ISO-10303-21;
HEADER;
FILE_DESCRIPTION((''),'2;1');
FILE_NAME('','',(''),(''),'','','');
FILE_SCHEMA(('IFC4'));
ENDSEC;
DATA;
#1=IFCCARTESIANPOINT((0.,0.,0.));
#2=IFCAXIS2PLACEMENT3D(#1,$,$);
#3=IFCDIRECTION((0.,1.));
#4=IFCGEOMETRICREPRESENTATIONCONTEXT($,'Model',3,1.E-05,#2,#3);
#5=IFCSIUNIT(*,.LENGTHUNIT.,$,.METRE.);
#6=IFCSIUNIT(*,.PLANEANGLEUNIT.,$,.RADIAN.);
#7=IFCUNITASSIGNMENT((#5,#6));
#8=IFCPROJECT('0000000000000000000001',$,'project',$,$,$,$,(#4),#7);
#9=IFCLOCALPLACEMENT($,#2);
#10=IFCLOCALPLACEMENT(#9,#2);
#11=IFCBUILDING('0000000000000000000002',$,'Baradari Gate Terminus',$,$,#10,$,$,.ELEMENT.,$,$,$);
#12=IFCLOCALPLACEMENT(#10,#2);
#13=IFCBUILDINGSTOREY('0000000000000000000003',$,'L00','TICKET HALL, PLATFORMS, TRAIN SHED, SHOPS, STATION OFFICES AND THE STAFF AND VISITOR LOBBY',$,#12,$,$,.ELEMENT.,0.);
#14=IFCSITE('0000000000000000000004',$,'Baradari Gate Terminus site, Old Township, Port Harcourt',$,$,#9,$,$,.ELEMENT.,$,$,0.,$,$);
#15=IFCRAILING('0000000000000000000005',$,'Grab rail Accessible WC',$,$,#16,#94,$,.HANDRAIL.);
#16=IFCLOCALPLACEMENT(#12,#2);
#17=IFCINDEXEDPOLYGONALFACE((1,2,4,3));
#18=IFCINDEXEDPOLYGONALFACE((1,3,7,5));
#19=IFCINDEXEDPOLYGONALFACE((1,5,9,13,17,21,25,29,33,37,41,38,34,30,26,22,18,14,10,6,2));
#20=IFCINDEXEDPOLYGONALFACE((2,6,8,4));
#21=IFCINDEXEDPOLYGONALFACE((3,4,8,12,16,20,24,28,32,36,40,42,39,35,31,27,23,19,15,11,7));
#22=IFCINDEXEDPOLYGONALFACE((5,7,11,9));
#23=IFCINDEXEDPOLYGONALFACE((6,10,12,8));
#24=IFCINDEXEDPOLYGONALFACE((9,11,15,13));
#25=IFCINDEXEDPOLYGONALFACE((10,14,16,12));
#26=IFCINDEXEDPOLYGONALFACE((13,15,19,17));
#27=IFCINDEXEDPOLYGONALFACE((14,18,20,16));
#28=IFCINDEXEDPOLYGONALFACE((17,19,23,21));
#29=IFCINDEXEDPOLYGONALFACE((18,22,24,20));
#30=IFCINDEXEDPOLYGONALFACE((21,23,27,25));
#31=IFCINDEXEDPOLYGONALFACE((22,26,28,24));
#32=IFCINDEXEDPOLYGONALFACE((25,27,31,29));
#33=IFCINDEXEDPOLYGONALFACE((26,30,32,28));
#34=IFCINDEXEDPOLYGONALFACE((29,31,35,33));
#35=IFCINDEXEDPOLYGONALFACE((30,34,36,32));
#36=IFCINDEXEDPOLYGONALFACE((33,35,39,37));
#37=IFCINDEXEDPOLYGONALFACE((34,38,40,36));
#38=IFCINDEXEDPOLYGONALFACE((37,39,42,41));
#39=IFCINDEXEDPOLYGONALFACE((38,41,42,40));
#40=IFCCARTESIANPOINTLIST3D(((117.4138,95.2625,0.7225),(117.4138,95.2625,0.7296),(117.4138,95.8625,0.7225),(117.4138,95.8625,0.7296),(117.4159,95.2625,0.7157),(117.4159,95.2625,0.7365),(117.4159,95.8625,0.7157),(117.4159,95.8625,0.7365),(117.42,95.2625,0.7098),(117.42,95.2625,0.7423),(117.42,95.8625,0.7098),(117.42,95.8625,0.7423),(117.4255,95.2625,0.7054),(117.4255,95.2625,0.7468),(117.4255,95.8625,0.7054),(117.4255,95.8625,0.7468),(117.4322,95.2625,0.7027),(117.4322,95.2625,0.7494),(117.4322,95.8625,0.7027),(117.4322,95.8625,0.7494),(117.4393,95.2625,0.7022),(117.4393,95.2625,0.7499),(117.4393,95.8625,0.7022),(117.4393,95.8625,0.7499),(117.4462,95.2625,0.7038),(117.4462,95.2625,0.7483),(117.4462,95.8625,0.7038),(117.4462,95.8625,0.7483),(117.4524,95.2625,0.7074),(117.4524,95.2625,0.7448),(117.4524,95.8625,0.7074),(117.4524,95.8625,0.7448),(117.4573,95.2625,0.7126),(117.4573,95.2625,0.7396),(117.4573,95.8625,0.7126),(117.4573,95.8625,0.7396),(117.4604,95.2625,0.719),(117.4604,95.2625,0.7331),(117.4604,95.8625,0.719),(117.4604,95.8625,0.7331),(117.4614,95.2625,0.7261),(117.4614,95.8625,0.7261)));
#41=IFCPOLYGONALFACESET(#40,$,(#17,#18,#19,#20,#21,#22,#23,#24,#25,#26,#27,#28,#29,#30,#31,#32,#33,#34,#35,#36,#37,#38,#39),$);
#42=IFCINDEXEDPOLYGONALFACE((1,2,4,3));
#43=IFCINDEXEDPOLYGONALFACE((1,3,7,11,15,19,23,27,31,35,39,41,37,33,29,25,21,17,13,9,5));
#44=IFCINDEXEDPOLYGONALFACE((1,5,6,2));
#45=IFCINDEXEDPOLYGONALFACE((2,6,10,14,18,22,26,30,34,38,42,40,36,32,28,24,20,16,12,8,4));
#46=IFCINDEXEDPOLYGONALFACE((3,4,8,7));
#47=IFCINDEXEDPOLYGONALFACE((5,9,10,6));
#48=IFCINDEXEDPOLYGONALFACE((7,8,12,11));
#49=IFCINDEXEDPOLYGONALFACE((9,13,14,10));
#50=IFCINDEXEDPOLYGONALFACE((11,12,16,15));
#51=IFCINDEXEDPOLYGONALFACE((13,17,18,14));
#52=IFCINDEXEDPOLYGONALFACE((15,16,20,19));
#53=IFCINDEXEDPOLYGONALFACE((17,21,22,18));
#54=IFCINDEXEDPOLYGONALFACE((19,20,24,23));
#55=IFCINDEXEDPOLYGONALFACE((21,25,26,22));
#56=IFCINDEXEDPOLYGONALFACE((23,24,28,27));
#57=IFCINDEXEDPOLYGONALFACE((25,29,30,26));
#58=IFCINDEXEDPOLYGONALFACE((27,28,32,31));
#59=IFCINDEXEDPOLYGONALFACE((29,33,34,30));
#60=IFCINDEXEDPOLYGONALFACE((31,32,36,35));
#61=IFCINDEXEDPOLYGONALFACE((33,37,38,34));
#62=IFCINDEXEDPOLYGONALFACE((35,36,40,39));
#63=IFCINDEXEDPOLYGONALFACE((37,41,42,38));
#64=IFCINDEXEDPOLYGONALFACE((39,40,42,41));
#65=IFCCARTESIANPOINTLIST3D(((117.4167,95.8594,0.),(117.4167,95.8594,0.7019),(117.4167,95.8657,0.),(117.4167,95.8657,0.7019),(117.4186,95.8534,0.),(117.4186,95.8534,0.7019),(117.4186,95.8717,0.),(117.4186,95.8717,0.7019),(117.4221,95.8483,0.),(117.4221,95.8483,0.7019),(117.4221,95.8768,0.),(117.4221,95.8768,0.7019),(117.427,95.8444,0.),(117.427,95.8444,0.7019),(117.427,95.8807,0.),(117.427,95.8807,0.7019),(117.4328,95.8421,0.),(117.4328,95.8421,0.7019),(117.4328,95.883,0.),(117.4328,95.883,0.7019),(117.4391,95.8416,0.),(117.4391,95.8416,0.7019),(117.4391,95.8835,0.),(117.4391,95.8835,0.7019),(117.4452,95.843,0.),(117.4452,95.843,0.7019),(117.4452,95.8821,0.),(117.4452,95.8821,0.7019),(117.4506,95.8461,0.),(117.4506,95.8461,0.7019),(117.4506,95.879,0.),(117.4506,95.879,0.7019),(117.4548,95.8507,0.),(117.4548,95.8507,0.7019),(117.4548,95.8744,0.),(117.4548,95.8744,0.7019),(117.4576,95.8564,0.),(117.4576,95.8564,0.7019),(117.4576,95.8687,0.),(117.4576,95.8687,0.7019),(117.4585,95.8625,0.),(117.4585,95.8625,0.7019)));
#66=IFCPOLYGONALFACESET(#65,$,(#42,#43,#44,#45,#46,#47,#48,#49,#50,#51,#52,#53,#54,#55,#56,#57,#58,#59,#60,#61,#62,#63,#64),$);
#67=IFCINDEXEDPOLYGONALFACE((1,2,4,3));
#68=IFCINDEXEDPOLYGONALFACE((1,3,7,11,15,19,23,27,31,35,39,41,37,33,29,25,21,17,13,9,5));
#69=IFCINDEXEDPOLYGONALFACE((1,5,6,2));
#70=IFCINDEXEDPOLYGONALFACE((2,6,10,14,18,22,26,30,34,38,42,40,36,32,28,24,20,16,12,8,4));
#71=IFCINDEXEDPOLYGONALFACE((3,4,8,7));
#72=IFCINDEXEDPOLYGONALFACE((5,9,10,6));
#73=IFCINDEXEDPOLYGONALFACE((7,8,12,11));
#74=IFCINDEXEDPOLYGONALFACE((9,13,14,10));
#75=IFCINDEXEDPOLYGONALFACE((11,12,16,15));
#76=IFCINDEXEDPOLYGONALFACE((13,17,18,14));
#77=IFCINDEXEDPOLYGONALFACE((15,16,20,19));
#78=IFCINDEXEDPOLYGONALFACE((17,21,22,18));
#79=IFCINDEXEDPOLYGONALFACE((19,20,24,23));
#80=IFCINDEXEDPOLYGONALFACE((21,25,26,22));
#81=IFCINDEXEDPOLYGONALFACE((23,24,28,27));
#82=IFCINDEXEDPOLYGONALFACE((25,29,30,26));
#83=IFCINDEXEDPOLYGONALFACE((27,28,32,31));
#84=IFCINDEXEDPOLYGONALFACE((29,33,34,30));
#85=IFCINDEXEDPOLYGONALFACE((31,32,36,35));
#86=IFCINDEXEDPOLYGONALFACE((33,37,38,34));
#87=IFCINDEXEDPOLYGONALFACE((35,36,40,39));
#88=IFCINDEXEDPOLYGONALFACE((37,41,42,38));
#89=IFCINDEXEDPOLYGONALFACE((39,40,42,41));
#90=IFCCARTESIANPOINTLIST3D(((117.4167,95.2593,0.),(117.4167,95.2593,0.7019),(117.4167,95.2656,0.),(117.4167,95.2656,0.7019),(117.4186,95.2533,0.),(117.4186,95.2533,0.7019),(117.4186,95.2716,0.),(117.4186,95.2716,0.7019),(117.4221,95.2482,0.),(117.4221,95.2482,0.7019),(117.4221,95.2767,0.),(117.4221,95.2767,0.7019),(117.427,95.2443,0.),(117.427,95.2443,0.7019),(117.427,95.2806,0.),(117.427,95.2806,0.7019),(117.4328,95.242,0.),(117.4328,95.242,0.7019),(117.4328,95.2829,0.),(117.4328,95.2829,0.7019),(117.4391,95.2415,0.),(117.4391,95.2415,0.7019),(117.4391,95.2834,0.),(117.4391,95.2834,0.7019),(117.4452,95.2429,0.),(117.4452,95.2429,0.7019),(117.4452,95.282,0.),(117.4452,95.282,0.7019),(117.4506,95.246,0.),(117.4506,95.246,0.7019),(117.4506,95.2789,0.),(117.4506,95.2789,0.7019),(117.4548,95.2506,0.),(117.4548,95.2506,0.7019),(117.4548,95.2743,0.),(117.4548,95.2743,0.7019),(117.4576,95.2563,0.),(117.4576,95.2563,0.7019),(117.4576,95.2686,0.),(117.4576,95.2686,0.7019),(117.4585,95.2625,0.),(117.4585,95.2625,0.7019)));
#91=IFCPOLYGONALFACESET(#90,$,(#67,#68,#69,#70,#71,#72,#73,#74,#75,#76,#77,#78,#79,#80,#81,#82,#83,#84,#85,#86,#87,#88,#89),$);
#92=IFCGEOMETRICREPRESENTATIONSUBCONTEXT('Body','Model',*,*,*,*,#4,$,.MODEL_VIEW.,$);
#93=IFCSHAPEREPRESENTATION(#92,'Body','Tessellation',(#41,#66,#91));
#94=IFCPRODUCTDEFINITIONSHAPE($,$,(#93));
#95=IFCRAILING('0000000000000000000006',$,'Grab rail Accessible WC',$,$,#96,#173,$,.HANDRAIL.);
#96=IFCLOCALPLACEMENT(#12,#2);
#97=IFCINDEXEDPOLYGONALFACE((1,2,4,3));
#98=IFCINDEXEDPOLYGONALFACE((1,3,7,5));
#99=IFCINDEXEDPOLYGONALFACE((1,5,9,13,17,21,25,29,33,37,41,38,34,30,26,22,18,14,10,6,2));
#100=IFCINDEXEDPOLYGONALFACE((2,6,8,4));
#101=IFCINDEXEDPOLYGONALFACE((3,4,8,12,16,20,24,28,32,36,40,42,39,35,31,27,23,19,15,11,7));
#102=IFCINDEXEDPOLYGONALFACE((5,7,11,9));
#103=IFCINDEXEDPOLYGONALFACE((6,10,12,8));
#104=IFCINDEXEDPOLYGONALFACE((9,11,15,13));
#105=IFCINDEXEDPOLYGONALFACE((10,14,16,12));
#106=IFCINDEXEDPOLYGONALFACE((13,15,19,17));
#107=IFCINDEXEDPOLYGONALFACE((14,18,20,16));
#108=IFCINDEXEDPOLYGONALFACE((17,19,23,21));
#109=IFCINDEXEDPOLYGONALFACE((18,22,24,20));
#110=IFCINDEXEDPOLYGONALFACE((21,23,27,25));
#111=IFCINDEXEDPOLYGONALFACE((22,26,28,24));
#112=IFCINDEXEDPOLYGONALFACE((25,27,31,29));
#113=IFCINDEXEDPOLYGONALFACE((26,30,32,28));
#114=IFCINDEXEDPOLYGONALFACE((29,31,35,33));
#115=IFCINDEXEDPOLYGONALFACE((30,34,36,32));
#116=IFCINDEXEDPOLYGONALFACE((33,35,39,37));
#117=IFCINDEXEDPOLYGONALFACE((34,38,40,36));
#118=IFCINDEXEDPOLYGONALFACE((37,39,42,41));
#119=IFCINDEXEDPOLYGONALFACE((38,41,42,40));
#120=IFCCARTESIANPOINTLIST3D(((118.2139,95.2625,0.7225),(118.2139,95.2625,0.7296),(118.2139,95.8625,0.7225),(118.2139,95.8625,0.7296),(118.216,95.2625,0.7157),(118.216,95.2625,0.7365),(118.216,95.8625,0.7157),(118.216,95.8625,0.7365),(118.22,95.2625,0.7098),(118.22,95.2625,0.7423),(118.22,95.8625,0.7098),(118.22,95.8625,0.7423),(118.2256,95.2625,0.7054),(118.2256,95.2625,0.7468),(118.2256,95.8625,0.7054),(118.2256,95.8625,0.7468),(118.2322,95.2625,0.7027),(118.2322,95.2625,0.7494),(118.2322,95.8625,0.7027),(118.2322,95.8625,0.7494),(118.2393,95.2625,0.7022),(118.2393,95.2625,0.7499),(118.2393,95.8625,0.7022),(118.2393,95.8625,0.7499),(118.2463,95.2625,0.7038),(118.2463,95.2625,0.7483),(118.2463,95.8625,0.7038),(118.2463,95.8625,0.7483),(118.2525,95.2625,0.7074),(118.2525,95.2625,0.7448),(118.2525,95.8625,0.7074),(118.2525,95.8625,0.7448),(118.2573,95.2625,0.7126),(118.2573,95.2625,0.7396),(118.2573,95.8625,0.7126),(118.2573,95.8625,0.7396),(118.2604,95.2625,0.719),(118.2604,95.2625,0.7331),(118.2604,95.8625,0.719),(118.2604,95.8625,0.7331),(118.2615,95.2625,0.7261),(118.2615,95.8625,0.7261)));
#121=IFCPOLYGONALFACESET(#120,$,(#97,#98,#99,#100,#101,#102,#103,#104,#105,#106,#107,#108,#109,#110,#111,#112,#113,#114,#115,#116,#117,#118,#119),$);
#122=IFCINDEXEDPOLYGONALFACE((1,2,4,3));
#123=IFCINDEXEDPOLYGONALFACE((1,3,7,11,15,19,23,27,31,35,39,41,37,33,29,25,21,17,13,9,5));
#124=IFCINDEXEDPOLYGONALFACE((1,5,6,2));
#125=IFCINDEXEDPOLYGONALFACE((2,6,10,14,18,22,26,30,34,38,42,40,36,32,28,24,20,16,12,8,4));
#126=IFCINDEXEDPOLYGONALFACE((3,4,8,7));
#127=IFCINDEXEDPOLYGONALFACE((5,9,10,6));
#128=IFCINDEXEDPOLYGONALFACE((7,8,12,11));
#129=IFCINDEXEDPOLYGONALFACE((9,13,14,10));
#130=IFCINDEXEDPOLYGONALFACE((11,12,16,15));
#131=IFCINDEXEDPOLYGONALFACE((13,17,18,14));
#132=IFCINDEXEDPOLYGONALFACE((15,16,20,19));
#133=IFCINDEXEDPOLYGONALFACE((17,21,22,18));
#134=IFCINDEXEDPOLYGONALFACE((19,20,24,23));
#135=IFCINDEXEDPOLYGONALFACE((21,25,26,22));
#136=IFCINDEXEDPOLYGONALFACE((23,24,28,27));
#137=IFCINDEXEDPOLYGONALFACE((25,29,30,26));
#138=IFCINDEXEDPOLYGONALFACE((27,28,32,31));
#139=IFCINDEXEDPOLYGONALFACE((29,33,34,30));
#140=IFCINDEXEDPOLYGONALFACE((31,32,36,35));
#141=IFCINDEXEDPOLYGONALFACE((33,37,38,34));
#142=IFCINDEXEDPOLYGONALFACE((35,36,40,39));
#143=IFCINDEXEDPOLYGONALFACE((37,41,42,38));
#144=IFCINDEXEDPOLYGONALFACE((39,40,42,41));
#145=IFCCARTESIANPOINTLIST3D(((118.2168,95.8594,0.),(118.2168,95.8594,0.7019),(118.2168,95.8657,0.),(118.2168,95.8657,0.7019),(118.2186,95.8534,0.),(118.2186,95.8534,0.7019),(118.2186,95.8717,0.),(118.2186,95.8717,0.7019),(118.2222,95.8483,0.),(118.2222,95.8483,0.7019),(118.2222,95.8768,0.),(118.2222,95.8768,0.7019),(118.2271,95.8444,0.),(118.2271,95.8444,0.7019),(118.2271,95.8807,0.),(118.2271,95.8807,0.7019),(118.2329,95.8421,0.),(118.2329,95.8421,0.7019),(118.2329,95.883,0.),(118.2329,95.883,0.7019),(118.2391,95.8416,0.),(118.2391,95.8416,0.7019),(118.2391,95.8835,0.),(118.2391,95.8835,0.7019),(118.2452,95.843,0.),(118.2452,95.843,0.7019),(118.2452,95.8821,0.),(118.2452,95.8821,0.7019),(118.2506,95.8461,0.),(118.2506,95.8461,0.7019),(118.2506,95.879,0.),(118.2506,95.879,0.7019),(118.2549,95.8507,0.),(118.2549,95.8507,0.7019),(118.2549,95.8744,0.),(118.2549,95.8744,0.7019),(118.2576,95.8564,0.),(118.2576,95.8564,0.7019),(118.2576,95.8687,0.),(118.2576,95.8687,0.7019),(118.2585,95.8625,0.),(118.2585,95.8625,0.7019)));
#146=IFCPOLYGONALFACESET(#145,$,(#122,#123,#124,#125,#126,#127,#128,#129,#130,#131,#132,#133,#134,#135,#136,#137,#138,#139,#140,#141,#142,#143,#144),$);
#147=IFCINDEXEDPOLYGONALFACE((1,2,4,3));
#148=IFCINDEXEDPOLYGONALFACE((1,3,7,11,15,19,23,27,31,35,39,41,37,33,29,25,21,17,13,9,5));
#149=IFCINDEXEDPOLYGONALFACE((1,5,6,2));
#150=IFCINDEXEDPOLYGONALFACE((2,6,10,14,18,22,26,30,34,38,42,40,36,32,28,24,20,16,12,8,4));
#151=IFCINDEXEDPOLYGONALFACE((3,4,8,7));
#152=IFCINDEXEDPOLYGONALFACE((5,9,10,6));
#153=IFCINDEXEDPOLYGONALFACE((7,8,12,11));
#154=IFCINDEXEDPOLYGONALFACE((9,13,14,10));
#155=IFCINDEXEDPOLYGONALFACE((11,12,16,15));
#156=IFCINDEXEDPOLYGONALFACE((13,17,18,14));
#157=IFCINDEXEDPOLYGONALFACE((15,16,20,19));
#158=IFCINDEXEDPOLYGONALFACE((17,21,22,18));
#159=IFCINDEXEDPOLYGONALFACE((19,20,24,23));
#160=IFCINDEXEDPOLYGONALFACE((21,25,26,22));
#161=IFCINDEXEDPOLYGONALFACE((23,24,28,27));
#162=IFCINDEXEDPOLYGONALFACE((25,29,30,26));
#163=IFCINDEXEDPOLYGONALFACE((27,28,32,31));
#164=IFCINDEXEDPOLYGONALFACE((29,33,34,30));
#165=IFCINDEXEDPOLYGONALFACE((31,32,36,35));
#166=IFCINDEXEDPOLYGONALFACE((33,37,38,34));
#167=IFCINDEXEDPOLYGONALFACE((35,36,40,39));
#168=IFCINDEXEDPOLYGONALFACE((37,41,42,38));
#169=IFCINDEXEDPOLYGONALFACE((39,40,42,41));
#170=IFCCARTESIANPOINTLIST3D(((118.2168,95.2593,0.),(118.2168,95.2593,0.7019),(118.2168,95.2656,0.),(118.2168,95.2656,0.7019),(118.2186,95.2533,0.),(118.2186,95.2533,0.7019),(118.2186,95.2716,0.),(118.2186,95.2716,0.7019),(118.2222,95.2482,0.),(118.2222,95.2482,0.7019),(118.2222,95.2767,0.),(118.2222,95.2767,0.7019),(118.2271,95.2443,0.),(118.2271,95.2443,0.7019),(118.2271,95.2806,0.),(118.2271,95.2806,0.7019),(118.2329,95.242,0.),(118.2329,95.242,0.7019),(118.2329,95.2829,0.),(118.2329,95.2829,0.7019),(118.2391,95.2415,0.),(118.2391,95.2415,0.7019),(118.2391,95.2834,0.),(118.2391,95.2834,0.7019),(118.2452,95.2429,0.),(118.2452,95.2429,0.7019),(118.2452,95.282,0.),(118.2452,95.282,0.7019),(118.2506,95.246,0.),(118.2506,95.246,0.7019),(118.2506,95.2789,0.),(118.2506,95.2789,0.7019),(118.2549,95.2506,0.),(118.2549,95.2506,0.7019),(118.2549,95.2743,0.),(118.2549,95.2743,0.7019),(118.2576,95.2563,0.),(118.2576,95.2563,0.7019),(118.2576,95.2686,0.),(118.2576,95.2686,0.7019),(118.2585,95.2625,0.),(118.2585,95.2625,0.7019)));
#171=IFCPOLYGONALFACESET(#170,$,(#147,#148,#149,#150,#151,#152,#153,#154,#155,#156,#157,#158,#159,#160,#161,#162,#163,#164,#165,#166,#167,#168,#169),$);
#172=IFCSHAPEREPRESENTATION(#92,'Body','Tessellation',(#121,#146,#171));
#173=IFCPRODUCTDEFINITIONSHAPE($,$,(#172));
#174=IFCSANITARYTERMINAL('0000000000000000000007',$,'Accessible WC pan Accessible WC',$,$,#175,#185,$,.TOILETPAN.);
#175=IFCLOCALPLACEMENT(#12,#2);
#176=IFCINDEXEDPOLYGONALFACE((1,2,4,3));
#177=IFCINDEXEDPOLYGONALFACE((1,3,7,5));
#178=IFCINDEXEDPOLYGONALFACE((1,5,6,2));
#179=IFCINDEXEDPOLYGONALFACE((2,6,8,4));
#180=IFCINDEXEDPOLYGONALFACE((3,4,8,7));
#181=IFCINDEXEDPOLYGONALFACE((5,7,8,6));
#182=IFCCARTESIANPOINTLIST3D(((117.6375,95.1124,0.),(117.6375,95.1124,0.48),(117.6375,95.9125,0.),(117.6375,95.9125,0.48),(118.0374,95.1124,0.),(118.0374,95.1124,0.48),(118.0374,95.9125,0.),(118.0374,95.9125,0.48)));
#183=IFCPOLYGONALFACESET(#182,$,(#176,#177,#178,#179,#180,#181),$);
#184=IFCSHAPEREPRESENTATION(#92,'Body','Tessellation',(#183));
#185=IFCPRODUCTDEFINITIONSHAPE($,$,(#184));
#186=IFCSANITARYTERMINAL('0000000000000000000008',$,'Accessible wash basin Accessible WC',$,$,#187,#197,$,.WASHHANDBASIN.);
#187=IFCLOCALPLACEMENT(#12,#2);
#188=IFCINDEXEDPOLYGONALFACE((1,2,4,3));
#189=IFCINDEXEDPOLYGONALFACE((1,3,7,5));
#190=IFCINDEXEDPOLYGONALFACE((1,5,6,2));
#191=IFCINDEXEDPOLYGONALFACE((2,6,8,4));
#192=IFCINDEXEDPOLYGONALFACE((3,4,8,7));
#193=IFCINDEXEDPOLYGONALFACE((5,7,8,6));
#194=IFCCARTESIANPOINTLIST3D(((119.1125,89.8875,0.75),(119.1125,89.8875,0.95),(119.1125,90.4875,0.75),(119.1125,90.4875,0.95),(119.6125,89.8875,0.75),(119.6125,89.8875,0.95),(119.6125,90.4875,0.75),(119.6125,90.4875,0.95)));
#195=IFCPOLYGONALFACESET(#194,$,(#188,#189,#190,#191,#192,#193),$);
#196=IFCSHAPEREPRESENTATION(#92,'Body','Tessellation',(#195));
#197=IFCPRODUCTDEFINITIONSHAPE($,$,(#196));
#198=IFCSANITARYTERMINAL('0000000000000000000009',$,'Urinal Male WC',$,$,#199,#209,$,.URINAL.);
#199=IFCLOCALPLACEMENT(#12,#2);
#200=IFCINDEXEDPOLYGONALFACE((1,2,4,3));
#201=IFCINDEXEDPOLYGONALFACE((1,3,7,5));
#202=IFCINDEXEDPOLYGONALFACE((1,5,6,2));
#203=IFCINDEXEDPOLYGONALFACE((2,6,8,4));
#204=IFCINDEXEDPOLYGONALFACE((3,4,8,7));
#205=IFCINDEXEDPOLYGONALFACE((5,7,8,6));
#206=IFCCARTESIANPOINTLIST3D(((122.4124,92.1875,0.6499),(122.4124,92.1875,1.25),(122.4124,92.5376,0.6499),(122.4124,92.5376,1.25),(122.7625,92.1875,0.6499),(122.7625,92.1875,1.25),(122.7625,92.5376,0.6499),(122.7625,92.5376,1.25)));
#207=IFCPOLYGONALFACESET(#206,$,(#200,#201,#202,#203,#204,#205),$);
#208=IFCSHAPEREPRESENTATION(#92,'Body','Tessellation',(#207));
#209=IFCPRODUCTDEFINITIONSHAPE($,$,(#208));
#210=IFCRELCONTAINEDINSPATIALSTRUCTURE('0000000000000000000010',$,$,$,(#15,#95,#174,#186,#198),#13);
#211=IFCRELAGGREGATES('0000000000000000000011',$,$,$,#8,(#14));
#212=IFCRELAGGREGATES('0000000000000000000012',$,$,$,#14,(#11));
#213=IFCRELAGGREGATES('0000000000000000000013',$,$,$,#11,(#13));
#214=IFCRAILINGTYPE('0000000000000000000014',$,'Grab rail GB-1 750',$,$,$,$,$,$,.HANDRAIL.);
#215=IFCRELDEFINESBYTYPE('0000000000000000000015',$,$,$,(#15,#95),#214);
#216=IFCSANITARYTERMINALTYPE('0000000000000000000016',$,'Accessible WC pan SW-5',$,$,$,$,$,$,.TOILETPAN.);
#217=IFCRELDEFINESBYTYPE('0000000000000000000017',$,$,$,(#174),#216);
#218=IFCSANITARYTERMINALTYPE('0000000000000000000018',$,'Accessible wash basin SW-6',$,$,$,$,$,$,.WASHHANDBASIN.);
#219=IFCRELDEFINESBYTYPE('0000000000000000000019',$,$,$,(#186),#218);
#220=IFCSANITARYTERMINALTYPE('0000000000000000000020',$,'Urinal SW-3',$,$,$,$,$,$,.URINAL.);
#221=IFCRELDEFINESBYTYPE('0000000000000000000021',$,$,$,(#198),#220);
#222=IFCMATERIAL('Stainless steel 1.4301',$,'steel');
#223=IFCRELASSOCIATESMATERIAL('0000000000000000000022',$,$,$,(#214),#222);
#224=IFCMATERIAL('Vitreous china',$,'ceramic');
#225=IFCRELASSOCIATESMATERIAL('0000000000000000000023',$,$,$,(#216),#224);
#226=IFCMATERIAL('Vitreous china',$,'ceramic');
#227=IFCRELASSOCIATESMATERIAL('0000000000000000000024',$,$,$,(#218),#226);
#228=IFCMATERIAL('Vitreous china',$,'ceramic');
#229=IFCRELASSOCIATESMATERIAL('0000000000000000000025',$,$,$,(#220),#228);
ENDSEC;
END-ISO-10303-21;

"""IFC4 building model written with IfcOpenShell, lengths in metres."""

from ifc_helpers import new_model, si_unit, direction, frame, origin, origin_2d, place, context, subcontext, project, spatial, rectangle, circle, extrude, material, type_object, element, save


model = new_model("IFC4")

# Units and contexts
model_context = context("Model", 3, precision=1e-05, world=origin(), true_north=direction((0.0, 1.0)))
body_context = subcontext(model_context, "Body", "Model", "MODEL_VIEW")
ifc_project = project(units=[si_unit("LENGTHUNIT", "METRE"), si_unit("PLANEANGLEUNIT", "RADIAN")], contexts=[model_context])

# Site, building, storey
site_placement = place(None, origin())
site = spatial("IfcSite", under=ifc_project, at=site_placement, Name="Baradari Gate Terminus site, Old Township, Port Harcourt", CompositionType="ELEMENT", RefElevation=0.0)
building_placement = place(site_placement, origin())
building = spatial("IfcBuilding", under=site, at=building_placement, Name="Baradari Gate Terminus", CompositionType="ELEMENT")
storey_placement = place(building_placement, origin())
storey = spatial("IfcBuildingStorey", under=building, at=storey_placement, Name="L00", Description="TICKET HALL, PLATFORMS, TRAIN SHED, SHOPS, STATION OFFICES AND THE STAFF AND VISITOR LOBBY", CompositionType="ELEMENT", Elevation=0.0)

# Railings
ifc_material_1 = material(Name="Stainless steel 1.4301", Category="steel")
railing_type = type_object("IfcRailingType", Name="Grab rail GB-1 750", PredefinedType="HANDRAIL", material=ifc_material_1)
for number, where, name in (
    (1, (117.4375, 95.8625, 0.0), "Grab rail Accessible WC"),
    (2, (118.2375, 95.8625, 0.0), "Grab rail Accessible WC"),
):
    element("IfcRailing", number, at=place(storey_placement, frame(where)), inside=storey, type_object=railing_type, Name=name, PredefinedType="HANDRAIL", context=body_context, shape_type="SweptSolid", body=[
        extrude(circle(Radius=0.0239, at=origin_2d()), frame((0.0, 0.0, 0.7261), z_axis=(0.0, -1.0, 0.0), x_axis=(1.0, 0.0, 0.0)), (0.0, 0.0, 1.0), 0.6001),
        extrude(circle(Radius=0.021, at=origin_2d()), origin(), (0.0, 0.0, 1.0), 0.7019),
        extrude(circle(Radius=0.021, at=origin_2d()), frame((0.0, -0.6001, 0.0)), (0.0, 0.0, 1.0), 0.7019),
    ])

# Sanitary terminals
ifc_material_2 = material(Name="Vitreous china", Category="ceramic")
sanitary_terminal_type_1 = type_object("IfcSanitaryTerminalType", Name="Accessible WC pan SW-5", PredefinedType="TOILETPAN", material=ifc_material_2)
sanitary_terminal_1_placement = place(storey_placement, frame((117.8374, 95.5125, 0.0), z_axis=(0.0, 0.0, 1.0), x_axis=(1.0, 0.0, 0.0)))
element("IfcSanitaryTerminal", 3, at=sanitary_terminal_1_placement, inside=storey, type_object=sanitary_terminal_type_1, Name="Accessible WC pan Accessible WC", PredefinedType="TOILETPAN", context=body_context, shape_type="SweptSolid", body=[
    extrude(rectangle(XDim=0.3999, YDim=0.8, at=origin_2d()), origin(), (0.0, 0.0, 1.0), 0.48),
])
ifc_material_3 = material(Name="Vitreous china", Category="ceramic")
sanitary_terminal_type_2 = type_object("IfcSanitaryTerminalType", Name="Accessible wash basin SW-6", PredefinedType="WASHHANDBASIN", material=ifc_material_3)
sanitary_terminal_2_placement = place(storey_placement, frame((119.3625, 90.1875, 0.75), z_axis=(0.0, 0.0, 1.0), x_axis=(1.0, 0.0, 0.0)))
element("IfcSanitaryTerminal", 4, at=sanitary_terminal_2_placement, inside=storey, type_object=sanitary_terminal_type_2, Name="Accessible wash basin Accessible WC", PredefinedType="WASHHANDBASIN", context=body_context, shape_type="SweptSolid", body=[
    extrude(rectangle(XDim=0.5, YDim=0.6001, at=origin_2d()), origin(), (0.0, 0.0, 1.0), 0.2),
])
ifc_material_4 = material(Name="Vitreous china", Category="ceramic")
sanitary_terminal_type_3 = type_object("IfcSanitaryTerminalType", Name="Urinal SW-3", PredefinedType="URINAL", material=ifc_material_4)
for number, where, z_axis, x_axis, name in (
    (5, (122.5874, 92.3625, 0.6499), (0.0, 0.0, 1.0), (1.0, 0.0, 0.0), "Urinal Male WC"),
):
    element("IfcSanitaryTerminal", number, at=place(storey_placement, frame(where, z_axis=z_axis, x_axis=x_axis)), inside=storey, type_object=sanitary_terminal_type_3, Name=name, PredefinedType="URINAL", context=body_context, shape_type="SweptSolid", body=[
        extrude(rectangle(XDim=0.3501, YDim=0.3501, at=origin_2d()), origin(), (0.0, 0.0, 1.0), 0.6001),
    ])

save(model, "model.ifc")
